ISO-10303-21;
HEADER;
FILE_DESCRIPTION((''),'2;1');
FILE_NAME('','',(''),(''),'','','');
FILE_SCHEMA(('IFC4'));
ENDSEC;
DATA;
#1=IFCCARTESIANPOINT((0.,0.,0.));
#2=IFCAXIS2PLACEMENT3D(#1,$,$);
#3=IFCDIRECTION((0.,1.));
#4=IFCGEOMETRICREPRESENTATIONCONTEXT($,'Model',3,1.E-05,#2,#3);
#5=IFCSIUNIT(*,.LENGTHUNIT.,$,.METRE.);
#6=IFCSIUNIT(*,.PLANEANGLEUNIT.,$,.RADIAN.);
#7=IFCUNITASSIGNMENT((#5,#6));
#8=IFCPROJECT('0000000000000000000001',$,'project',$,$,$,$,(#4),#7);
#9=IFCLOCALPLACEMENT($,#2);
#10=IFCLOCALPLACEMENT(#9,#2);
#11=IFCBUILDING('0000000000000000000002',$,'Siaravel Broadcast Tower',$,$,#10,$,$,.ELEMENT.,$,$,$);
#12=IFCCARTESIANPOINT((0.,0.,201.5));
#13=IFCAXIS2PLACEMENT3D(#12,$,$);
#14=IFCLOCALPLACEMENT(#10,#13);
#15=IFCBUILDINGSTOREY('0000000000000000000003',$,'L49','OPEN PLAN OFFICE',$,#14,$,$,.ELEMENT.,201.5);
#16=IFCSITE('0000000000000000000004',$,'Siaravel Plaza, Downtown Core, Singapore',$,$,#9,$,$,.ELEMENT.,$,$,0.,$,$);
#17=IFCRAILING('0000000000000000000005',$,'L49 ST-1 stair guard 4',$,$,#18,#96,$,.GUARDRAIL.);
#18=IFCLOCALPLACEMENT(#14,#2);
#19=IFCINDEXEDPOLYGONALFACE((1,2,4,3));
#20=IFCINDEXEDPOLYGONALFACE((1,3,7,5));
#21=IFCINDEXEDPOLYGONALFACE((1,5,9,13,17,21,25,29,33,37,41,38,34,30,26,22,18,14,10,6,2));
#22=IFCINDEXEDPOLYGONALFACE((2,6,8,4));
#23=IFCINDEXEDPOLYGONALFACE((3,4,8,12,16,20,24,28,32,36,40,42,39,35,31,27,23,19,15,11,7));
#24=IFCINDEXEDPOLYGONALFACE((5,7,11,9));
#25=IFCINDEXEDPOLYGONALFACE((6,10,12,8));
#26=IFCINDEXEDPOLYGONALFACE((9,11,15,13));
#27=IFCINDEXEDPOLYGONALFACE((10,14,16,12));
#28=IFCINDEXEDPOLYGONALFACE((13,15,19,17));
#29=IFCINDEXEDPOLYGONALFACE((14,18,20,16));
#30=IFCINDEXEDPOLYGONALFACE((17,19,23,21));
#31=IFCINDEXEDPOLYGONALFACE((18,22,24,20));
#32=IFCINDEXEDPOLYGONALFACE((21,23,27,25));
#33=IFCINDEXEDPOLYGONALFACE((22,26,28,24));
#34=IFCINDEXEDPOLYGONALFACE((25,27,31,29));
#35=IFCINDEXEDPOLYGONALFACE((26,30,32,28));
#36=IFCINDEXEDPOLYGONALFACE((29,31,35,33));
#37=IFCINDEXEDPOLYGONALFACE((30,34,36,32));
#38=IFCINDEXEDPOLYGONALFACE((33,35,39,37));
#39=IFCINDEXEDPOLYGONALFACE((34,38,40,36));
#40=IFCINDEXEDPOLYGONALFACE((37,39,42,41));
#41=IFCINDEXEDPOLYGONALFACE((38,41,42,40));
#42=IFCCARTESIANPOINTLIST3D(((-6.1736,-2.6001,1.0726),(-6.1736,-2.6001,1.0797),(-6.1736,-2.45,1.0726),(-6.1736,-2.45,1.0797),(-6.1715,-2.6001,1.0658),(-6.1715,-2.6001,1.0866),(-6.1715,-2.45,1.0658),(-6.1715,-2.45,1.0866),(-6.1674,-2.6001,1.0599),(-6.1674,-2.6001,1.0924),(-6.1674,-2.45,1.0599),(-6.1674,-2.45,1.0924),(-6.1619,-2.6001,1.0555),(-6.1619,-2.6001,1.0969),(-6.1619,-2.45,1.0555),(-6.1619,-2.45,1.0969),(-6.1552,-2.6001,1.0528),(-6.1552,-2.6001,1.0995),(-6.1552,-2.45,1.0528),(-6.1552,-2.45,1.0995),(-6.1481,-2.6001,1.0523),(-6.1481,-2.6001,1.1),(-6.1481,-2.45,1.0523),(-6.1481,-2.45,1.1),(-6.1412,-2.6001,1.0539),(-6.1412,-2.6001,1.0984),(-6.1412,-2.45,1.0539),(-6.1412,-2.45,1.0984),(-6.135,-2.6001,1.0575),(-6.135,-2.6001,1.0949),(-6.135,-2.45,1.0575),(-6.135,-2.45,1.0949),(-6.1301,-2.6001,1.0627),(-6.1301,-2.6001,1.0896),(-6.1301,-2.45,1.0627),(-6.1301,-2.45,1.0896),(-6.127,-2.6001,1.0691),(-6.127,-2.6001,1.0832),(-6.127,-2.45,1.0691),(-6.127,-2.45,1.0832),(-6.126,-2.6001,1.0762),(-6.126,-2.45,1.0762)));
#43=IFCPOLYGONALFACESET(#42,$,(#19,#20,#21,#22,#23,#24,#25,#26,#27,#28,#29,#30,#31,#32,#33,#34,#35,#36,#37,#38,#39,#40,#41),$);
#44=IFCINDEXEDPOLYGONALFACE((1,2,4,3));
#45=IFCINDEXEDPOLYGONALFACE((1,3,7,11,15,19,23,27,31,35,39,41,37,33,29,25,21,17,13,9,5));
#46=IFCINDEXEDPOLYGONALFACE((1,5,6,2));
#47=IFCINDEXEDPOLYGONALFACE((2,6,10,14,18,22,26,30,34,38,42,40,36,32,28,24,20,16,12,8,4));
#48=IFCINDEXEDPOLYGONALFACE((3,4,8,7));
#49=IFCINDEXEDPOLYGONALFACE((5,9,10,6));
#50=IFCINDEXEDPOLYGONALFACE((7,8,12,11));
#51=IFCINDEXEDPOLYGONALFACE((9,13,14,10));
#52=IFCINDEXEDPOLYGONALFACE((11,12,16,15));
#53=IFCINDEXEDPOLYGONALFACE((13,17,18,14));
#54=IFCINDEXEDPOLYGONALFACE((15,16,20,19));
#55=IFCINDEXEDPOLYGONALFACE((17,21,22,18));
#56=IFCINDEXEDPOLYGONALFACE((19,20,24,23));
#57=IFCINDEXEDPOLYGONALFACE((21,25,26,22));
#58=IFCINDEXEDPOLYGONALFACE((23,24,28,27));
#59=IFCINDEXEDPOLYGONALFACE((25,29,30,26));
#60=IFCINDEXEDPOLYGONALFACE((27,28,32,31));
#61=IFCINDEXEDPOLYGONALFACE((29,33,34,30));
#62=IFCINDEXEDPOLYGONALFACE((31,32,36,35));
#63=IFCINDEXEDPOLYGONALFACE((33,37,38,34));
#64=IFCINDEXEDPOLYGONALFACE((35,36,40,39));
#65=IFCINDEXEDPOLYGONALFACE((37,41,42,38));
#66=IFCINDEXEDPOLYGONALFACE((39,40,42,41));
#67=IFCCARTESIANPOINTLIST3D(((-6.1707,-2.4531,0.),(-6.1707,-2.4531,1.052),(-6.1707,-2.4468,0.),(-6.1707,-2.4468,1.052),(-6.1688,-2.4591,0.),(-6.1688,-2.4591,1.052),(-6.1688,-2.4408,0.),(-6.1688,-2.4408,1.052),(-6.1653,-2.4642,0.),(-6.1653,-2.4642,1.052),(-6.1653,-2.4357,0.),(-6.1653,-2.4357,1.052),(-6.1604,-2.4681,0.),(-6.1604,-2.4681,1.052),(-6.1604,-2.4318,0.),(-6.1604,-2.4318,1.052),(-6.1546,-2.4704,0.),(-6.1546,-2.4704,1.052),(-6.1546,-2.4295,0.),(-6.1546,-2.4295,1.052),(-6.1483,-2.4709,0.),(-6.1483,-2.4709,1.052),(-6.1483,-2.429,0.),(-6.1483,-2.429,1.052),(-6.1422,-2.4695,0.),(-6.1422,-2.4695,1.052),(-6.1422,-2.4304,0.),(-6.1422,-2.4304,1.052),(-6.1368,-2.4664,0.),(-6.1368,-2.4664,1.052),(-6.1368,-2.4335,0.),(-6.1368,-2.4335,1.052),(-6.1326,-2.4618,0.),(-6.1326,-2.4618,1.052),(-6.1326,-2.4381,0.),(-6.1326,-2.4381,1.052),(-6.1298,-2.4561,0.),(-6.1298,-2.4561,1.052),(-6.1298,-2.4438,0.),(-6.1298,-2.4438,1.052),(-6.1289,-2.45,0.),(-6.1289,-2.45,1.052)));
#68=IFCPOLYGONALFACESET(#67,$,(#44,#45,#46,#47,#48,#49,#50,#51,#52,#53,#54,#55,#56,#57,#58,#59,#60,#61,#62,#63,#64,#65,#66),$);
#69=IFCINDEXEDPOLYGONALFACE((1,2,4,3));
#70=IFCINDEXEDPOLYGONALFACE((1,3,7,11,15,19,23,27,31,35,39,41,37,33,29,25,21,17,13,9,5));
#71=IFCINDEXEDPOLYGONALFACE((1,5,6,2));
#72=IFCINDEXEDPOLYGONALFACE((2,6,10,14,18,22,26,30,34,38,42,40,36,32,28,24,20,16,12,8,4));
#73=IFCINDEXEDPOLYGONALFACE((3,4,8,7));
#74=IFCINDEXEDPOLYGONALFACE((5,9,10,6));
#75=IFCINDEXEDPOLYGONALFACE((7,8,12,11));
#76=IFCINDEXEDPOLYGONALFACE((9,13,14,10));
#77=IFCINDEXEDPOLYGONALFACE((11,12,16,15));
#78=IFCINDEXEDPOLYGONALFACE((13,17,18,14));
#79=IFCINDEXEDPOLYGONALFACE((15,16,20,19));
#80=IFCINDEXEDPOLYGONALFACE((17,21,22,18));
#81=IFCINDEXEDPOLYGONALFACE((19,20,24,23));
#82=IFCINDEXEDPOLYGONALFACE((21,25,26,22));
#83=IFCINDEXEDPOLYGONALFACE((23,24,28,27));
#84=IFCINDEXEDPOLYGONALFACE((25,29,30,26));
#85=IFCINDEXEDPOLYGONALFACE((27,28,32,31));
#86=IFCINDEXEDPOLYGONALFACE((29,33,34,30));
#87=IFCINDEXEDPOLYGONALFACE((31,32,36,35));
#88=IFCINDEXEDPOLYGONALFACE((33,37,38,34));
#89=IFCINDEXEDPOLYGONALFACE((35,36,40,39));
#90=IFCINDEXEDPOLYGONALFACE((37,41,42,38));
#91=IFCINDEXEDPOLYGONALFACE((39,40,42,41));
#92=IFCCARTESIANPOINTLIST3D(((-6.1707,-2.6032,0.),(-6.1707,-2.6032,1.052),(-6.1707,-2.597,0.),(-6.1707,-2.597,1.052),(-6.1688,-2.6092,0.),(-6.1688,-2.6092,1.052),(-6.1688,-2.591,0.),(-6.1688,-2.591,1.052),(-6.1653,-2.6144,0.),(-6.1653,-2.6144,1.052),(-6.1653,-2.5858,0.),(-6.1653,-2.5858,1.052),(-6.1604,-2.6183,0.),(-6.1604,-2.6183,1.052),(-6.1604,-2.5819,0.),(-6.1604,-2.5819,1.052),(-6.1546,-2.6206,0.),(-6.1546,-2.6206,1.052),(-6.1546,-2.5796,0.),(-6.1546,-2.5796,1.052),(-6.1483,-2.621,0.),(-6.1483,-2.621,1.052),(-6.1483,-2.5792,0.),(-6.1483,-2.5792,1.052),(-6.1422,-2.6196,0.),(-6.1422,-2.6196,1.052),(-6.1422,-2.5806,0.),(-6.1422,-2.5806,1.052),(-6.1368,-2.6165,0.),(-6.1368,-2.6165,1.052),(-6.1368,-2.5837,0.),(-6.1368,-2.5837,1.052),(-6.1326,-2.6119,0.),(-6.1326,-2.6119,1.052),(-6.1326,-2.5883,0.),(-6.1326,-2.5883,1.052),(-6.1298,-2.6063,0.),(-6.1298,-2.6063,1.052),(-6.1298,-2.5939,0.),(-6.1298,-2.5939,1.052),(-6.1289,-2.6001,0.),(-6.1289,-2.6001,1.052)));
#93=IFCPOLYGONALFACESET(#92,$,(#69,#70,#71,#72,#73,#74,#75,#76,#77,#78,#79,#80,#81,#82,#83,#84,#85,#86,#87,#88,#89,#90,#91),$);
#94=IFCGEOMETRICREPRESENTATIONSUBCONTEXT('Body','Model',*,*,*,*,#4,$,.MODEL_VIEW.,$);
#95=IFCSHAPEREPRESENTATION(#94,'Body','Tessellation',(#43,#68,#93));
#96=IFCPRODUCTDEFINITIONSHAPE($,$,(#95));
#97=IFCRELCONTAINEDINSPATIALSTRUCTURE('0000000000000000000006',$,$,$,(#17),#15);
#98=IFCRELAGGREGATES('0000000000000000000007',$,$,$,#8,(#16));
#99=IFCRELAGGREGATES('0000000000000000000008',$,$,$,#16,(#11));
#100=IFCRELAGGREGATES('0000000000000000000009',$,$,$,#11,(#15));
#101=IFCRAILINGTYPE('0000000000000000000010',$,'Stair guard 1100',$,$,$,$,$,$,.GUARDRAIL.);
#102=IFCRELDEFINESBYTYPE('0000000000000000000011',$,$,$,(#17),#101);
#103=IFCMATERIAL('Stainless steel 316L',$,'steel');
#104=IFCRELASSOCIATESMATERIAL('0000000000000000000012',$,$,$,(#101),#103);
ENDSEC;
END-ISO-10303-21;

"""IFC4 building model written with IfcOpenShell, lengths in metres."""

from ifc_helpers import new_model, si_unit, direction, frame, origin, origin_2d, place, context, subcontext, project, spatial, circle, extrude, material, type_object, element, save


model = new_model("IFC4")

# Units and contexts
model_context = context("Model", 3, precision=1e-05, world=origin(), true_north=direction((0.0, 1.0)))
body_context = subcontext(model_context, "Body", "Model", "MODEL_VIEW")
ifc_project = project(units=[si_unit("LENGTHUNIT", "METRE"), si_unit("PLANEANGLEUNIT", "RADIAN")], contexts=[model_context])

# Site, building, storey
site_placement = place(None, origin())
site = spatial("IfcSite", under=ifc_project, at=site_placement, Name="Siaravel Plaza, Downtown Core, Singapore", CompositionType="ELEMENT", RefElevation=0.0)
building_placement = place(site_placement, origin())
building = spatial("IfcBuilding", under=site, at=building_placement, Name="Siaravel Broadcast Tower", CompositionType="ELEMENT")
storey_placement = place(building_placement, frame((0.0, 0.0, 201.5)))
storey = spatial("IfcBuildingStorey", under=building, at=storey_placement, Name="L49", Description="OPEN PLAN OFFICE", CompositionType="ELEMENT", Elevation=201.5)

# Shared definitions
ifc_material_1 = material(Name="Stainless steel 316L", Category="steel")

# Railing
railing_type_1 = type_object("IfcRailingType", Name="Stair guard 1100", PredefinedType="GUARDRAIL", material=ifc_material_1)
railing_1_placement = place(storey_placement, frame((-6.1499, -2.45, 0.0)))
element("IfcRailing", 1, at=railing_1_placement, inside=storey, type_object=railing_type_1, Name="L49 ST-1 stair guard 4", PredefinedType="GUARDRAIL", context=body_context, shape_type="SweptSolid", body=[
    extrude(circle(Radius=0.0239, at=origin_2d()), frame((0.0, 0.0, 1.0762), z_axis=(0.0, -1.0, 0.0), x_axis=(1.0, 0.0, 0.0)), (0.0, 0.0, 1.0), 0.1501),
    extrude(circle(Radius=0.021, at=origin_2d()), origin(), (0.0, 0.0, 1.0), 1.052),
    extrude(circle(Radius=0.021, at=origin_2d()), frame((0.0, -0.1501, 0.0)), (0.0, 0.0, 1.0), 1.052),
])

save(model, "model.ifc")
